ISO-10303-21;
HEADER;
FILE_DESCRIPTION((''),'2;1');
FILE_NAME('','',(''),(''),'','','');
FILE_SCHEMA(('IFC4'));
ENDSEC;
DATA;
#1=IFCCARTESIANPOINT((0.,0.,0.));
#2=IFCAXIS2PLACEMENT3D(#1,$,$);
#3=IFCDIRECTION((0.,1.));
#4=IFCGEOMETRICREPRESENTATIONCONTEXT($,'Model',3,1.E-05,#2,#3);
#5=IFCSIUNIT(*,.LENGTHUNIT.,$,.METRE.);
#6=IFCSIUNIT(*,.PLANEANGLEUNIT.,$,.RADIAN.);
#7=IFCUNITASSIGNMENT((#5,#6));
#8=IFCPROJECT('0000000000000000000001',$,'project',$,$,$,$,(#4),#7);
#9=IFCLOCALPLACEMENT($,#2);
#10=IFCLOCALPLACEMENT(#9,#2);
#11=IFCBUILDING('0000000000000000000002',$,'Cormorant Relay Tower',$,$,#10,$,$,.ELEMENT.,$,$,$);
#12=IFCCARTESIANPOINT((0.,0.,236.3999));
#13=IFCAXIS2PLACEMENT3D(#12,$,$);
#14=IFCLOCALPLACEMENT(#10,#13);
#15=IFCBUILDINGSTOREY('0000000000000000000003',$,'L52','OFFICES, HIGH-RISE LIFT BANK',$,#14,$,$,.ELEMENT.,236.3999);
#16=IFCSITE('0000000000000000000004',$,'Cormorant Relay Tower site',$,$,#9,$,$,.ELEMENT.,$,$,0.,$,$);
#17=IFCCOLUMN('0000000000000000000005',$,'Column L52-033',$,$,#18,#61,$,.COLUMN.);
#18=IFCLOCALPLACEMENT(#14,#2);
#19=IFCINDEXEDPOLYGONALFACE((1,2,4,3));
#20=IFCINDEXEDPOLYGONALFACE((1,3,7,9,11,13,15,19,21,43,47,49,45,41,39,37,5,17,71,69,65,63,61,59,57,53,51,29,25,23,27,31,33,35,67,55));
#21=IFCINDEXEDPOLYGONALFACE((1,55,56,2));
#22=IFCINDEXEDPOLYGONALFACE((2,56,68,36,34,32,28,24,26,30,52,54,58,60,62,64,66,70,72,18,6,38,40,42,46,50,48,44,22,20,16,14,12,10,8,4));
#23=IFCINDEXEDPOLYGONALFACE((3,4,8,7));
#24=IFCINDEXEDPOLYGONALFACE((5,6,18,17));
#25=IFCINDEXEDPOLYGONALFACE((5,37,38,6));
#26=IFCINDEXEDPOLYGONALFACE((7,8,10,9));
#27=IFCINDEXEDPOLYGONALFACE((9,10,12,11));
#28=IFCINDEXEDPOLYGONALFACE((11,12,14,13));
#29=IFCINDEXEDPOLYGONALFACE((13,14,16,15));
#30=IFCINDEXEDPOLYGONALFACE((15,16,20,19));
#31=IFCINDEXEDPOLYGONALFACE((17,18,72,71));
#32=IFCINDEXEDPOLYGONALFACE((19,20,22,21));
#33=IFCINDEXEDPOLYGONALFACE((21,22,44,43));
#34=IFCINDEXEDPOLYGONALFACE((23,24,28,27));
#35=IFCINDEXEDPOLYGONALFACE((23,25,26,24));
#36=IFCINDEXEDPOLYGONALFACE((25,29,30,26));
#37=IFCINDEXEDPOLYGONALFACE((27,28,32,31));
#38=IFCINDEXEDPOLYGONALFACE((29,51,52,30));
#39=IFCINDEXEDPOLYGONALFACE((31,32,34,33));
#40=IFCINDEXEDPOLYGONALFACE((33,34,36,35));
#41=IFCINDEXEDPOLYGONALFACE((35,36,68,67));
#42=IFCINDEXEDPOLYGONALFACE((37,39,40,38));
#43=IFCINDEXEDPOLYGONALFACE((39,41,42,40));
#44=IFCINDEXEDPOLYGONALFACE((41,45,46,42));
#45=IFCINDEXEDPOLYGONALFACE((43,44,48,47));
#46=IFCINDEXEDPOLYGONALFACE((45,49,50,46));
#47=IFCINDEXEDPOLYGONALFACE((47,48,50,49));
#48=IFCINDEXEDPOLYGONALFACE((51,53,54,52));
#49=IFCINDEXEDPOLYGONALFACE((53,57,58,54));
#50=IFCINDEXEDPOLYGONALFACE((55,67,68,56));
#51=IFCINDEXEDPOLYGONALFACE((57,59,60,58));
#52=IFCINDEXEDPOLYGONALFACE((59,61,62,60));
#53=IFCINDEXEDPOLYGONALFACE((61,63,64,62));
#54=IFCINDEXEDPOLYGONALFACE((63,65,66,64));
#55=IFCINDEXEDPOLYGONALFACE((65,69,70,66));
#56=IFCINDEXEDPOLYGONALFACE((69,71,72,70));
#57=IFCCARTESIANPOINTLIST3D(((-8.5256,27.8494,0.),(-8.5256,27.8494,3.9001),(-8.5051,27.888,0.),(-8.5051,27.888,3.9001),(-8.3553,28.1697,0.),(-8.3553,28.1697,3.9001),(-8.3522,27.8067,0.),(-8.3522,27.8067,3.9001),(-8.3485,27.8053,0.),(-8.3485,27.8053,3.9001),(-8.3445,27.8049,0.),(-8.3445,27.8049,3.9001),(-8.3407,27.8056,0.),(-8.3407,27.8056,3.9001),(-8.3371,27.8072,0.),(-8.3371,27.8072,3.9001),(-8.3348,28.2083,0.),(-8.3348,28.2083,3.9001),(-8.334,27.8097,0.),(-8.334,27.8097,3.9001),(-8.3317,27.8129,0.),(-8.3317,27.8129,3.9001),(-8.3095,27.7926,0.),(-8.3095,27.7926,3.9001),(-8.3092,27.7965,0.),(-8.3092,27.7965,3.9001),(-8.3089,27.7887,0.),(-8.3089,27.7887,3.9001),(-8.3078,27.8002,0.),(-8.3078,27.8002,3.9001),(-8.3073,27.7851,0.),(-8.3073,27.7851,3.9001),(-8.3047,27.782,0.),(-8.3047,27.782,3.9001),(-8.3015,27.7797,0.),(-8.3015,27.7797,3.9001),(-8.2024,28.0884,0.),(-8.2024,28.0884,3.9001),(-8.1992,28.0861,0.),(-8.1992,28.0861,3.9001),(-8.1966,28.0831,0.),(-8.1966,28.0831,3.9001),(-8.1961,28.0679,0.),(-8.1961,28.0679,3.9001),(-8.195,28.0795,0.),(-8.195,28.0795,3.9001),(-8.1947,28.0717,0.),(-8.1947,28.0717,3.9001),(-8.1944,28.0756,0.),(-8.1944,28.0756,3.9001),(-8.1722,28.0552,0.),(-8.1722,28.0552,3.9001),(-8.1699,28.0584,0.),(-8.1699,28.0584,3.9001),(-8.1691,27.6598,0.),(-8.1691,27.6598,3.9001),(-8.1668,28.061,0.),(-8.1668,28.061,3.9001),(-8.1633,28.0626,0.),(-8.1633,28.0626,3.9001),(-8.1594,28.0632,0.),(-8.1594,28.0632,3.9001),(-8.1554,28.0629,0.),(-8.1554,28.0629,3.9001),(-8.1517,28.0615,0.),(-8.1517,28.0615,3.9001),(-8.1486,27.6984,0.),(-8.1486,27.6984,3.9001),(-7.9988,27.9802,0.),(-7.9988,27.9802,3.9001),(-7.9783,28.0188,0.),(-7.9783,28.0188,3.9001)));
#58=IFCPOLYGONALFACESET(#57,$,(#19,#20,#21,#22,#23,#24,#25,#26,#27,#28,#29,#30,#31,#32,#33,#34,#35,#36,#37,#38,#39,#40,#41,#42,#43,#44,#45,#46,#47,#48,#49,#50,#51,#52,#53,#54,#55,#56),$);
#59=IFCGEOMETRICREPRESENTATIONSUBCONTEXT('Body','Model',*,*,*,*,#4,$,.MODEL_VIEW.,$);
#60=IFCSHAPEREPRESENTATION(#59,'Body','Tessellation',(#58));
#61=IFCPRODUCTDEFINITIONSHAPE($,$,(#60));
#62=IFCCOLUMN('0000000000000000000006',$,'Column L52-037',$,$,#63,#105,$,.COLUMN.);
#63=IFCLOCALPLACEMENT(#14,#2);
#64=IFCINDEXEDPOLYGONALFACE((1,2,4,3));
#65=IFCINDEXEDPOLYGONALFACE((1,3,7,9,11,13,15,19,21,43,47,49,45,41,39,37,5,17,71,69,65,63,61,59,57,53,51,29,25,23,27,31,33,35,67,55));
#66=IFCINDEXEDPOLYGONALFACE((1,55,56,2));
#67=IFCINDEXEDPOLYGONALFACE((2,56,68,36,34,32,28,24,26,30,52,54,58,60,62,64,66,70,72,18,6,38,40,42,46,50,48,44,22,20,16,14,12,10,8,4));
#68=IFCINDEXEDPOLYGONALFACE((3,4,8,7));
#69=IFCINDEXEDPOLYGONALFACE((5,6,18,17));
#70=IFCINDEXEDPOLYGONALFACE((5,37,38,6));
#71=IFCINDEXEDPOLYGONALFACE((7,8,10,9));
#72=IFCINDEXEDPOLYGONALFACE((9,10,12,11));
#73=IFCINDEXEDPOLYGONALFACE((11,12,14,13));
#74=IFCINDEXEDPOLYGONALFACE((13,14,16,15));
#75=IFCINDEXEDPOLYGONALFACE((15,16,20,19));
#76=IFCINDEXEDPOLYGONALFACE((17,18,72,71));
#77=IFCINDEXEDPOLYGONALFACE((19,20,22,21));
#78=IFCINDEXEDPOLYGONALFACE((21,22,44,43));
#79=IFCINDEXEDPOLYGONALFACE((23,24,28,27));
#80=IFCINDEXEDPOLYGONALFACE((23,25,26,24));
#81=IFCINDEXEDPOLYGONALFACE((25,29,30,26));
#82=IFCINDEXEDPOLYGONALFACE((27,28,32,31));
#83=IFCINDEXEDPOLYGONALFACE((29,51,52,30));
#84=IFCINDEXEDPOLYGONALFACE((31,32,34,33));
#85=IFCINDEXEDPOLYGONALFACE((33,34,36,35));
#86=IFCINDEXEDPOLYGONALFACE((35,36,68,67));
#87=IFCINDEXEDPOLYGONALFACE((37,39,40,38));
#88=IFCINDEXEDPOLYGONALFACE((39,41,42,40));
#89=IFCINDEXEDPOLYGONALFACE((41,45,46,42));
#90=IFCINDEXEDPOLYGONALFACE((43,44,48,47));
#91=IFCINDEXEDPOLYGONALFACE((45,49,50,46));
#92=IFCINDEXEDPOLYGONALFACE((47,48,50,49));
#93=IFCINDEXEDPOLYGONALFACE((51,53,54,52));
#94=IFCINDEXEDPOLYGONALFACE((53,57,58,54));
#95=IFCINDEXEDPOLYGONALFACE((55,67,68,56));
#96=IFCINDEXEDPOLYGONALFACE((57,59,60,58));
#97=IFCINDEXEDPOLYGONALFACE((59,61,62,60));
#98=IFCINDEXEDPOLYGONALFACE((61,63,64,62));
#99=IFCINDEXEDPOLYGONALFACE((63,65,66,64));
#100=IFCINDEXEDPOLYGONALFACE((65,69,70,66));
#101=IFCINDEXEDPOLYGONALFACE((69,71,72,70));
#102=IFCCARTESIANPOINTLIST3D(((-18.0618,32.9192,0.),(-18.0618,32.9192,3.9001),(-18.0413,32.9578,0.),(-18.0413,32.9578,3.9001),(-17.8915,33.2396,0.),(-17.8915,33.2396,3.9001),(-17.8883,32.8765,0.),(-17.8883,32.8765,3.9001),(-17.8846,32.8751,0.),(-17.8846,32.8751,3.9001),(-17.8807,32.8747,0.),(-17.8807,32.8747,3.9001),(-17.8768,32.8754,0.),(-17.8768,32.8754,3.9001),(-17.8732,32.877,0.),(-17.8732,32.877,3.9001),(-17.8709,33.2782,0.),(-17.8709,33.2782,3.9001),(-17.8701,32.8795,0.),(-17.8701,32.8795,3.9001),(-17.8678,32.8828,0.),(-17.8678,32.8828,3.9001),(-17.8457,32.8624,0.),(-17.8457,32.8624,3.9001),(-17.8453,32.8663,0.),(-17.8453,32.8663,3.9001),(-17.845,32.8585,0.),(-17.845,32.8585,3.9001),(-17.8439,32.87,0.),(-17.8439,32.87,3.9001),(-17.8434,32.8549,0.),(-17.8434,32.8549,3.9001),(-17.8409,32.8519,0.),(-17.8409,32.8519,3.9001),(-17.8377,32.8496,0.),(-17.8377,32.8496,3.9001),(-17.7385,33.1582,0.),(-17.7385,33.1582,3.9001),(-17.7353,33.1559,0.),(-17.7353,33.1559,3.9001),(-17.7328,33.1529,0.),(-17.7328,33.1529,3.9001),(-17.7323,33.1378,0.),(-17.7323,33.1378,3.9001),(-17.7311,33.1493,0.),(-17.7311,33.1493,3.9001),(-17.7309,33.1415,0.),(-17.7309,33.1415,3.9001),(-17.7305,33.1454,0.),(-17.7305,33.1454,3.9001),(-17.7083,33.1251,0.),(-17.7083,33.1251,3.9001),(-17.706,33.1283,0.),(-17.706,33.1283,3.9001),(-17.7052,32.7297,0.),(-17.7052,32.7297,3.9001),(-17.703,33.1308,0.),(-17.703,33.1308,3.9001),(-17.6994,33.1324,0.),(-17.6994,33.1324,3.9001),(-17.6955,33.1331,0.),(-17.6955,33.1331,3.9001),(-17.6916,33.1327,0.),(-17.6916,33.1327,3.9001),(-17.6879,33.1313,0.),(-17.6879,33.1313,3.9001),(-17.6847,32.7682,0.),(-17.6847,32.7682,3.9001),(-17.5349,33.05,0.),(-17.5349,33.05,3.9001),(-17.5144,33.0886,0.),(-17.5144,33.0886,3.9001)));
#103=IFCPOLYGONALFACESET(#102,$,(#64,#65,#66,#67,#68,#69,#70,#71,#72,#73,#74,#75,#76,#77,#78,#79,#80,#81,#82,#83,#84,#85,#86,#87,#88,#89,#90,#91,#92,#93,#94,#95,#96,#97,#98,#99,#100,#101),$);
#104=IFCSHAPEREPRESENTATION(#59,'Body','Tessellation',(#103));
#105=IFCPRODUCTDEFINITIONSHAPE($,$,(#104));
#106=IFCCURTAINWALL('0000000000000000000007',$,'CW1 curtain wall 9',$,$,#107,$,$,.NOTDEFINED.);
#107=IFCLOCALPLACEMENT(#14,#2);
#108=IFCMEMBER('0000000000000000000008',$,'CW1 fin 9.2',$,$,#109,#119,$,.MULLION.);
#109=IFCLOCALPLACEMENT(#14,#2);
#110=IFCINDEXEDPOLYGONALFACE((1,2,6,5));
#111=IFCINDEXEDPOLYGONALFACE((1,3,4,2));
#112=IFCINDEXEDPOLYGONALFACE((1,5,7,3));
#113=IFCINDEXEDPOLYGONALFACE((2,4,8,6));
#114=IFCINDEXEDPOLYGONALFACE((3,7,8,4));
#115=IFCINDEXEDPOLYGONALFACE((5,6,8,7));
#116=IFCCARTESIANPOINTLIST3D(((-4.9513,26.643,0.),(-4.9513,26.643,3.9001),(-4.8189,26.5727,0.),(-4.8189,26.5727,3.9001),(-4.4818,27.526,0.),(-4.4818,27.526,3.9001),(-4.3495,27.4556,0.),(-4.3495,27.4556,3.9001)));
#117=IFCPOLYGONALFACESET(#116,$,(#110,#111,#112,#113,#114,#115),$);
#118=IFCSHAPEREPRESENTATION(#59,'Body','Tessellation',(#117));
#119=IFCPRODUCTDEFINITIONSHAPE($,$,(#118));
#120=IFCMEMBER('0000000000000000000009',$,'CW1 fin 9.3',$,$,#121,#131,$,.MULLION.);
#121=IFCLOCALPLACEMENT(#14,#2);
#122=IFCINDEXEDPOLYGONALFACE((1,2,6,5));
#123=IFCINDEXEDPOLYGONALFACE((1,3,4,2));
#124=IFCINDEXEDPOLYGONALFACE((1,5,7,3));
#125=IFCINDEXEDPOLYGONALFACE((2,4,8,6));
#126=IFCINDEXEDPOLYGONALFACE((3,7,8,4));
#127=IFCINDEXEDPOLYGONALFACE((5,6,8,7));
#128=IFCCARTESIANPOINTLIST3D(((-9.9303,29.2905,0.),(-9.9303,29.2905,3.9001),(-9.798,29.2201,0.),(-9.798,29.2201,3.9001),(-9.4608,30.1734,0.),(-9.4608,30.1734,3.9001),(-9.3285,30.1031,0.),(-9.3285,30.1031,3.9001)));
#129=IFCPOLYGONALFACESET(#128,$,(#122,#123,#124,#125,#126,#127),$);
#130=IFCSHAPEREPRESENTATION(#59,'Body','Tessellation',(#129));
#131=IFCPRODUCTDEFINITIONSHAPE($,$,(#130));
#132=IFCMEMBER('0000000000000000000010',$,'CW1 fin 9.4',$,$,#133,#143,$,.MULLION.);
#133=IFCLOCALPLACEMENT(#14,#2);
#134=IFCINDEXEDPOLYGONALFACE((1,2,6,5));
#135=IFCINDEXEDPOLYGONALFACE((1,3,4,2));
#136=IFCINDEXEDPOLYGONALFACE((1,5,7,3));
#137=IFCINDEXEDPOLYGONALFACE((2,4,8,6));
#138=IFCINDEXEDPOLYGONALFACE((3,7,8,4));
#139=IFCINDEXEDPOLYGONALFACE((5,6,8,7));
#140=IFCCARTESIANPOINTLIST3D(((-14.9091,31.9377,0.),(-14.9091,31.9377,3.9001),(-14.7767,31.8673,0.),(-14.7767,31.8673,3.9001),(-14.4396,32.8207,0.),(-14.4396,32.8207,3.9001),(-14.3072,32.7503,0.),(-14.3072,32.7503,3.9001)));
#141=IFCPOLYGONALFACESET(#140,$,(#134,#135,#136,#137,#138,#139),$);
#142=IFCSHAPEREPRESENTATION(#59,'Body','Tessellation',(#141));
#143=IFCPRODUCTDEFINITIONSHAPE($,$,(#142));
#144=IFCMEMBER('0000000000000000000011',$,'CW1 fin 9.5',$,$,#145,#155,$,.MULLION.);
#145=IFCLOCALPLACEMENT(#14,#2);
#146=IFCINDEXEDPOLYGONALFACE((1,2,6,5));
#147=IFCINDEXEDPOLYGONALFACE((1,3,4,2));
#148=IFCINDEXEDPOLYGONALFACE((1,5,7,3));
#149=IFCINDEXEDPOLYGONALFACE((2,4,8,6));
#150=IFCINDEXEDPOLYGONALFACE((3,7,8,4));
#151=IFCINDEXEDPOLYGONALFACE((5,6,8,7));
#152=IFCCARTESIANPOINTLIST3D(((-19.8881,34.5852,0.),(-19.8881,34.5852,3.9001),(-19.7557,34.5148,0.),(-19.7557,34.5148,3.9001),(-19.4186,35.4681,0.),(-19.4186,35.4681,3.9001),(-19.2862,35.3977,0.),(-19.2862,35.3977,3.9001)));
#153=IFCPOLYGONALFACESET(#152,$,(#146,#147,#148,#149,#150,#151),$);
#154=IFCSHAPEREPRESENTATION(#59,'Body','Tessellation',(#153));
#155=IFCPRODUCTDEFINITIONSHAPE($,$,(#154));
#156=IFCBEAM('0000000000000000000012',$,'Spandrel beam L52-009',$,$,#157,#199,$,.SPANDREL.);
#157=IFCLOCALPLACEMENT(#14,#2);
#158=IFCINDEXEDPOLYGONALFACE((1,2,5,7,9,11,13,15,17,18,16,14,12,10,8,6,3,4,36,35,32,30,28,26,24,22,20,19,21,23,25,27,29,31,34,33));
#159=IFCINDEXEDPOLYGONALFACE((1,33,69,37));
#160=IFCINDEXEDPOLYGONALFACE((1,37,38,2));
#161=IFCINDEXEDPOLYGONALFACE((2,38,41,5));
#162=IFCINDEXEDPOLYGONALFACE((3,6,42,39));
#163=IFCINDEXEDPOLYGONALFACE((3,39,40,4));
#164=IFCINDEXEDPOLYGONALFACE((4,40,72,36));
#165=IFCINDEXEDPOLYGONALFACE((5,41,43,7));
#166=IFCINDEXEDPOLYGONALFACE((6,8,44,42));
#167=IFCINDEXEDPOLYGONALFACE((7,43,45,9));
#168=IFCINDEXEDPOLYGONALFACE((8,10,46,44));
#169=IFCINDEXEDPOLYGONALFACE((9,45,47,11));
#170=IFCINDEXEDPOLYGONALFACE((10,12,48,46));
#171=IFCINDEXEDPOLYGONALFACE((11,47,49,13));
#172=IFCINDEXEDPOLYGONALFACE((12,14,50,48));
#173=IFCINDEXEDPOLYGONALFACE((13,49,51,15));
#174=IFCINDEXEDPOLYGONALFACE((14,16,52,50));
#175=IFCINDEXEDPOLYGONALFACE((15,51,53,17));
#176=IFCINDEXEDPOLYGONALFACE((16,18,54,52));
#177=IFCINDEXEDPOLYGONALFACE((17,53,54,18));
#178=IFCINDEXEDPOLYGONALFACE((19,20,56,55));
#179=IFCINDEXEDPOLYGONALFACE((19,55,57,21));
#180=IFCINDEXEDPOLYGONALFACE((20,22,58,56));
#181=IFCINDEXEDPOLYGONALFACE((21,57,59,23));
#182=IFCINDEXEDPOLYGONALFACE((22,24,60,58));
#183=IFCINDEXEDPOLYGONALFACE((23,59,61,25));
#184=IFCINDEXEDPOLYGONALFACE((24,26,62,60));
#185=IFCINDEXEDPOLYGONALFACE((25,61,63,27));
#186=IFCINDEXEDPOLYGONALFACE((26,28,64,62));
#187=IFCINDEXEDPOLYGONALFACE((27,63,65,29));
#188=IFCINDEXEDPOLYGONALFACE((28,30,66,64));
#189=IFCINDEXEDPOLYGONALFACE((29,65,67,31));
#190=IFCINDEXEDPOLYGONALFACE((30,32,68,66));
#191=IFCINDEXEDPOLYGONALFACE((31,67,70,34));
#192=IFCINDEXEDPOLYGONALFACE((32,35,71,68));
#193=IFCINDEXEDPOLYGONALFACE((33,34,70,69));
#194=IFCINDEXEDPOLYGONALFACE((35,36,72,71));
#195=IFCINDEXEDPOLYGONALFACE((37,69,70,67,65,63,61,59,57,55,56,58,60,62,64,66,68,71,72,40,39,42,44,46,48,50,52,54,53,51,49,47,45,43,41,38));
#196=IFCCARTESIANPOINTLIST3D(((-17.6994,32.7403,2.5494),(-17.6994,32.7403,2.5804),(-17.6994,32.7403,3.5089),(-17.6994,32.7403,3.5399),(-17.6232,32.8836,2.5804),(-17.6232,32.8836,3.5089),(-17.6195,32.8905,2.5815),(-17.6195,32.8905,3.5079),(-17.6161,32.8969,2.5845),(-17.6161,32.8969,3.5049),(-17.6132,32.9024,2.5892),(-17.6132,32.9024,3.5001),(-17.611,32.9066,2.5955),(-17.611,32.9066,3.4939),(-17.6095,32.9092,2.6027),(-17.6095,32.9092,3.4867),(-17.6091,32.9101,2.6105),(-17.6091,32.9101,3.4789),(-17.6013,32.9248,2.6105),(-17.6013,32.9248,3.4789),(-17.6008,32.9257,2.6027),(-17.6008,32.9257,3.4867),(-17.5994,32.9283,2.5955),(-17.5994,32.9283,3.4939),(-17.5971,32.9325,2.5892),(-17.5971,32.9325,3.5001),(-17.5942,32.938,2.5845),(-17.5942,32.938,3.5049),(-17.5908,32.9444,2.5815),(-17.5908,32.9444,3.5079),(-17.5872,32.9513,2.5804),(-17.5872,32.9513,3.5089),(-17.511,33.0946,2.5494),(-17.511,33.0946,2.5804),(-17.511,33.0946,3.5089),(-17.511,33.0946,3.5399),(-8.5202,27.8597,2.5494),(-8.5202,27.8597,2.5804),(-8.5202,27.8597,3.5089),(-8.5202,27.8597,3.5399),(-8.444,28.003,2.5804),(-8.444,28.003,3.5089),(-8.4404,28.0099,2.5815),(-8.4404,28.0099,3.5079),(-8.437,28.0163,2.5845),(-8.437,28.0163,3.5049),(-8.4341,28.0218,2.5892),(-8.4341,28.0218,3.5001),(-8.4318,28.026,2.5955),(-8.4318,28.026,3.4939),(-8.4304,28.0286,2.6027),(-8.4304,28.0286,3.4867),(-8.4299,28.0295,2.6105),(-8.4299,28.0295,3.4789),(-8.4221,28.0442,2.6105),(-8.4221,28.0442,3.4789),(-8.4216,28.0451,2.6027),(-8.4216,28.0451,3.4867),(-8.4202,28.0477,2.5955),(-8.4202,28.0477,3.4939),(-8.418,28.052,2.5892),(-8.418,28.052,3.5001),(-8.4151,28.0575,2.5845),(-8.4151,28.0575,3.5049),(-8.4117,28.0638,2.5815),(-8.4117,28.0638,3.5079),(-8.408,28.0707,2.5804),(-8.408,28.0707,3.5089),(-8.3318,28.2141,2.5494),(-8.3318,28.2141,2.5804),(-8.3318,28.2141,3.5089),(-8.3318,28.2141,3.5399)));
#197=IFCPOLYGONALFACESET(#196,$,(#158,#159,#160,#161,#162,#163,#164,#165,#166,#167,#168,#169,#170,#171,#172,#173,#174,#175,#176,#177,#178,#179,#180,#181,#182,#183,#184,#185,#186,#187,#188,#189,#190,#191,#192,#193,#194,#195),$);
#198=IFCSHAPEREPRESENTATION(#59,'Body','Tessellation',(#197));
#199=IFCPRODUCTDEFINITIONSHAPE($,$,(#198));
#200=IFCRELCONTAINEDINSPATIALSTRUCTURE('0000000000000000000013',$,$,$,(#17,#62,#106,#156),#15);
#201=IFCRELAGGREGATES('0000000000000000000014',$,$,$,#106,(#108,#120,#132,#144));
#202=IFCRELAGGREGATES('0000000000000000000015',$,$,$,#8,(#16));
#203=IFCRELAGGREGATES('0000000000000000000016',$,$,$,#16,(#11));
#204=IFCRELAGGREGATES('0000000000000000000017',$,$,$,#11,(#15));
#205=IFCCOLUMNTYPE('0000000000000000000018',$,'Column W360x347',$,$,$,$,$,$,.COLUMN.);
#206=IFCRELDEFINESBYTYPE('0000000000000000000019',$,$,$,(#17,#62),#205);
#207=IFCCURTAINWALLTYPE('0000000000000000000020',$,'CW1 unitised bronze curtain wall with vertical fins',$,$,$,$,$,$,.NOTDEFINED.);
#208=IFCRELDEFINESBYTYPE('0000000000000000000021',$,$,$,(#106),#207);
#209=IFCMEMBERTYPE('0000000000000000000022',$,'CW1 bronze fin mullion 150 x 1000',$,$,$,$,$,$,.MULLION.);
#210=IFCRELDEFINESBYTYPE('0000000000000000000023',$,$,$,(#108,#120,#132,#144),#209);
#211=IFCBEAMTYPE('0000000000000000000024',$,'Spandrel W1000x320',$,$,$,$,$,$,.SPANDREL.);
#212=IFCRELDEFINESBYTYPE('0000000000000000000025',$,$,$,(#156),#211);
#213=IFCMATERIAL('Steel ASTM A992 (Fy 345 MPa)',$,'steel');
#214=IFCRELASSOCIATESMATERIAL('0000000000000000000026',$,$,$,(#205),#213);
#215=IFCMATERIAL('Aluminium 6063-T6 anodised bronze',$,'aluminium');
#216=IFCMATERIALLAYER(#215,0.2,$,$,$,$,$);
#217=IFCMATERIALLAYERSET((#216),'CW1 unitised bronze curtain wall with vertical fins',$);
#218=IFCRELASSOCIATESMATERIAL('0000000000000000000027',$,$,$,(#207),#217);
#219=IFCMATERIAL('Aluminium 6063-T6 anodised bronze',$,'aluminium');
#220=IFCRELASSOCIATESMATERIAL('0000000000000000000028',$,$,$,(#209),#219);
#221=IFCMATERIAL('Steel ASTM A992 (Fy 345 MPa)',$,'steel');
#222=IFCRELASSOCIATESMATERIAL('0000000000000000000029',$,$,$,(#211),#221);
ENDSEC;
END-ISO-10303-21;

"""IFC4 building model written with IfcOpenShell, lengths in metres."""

from ifc_helpers import new_model, si_unit, direction, frame, origin, origin_2d, place, context, subcontext, project, spatial, rectangle, i_section, extrude, material, layer, layer_set, material_profile, profile_set, type_object, element, aggregate, save


model = new_model("IFC4")

# Units and contexts
model_context = context("Model", 3, precision=1e-05, world=origin(), true_north=direction((0.0, 1.0)))
body_context = subcontext(model_context, "Body", "Model", "MODEL_VIEW")
ifc_project = project(units=[si_unit("LENGTHUNIT", "METRE"), si_unit("PLANEANGLEUNIT", "RADIAN")], contexts=[model_context])

# Site, building, storey
site_placement = place(None, origin())
site = spatial("IfcSite", under=ifc_project, at=site_placement, Name="Cormorant Relay Tower site", CompositionType="ELEMENT", RefElevation=0.0)
building_placement = place(site_placement, origin())
building = spatial("IfcBuilding", under=site, at=building_placement, Name="Cormorant Relay Tower", CompositionType="ELEMENT")
storey_placement = place(building_placement, frame((0.0, 0.0, 236.3999)))
storey = spatial("IfcBuildingStorey", under=building, at=storey_placement, Name="L52", Description="OFFICES, HIGH-RISE LIFT BANK", CompositionType="ELEMENT", Elevation=236.3999)

# Columns
ifc_material_1 = material(Name="Steel ASTM A992 (Fy 345 MPa)", Category="steel")
ifc_material_profile_1 = material_profile(ifc_material_1, i_section(OverallWidth=0.4038, OverallDepth=0.4065, WebThickness=0.0271, FlangeThickness=0.0437, FilletRadius=0.0151, at=origin_2d()), Name="W360x347")
ifc_profile_set_1 = profile_set([ifc_material_profile_1], Name="Steel ASTM A992 (Fy 345 MPa)")
column_type = type_object("IfcColumnType", Name="Column W360x347", PredefinedType="COLUMN", material=ifc_profile_set_1)
for number, where, z_axis, x_axis, name in (
    (1, (-8.252, 27.9341, 0.0), (0.0, 0.0, 1.0), (-0.882948, 0.469472, 0.0), "Column L52-033"),
    (2, (-17.7881, 33.0039, 0.0), (0.0, 0.0, 1.0), (-0.882948, 0.469472, 0.0), "Column L52-037"),
):
    element("IfcColumn", number, at=place(storey_placement, frame(where, z_axis=z_axis, x_axis=x_axis)), inside=storey, type_object=column_type, Name=name, PredefinedType="COLUMN", context=body_context, shape_type="SweptSolid", body=[
        extrude(i_section(OverallWidth=0.4038, OverallDepth=0.4065, WebThickness=0.0271, FlangeThickness=0.0437, FilletRadius=0.0151, at=origin_2d()), origin(), (0.0, 0.0, 1.0), 3.9001),
    ])

# Curtain wall, members
ifc_material_2 = material(Name="Aluminium 6063-T6 anodised bronze", Category="aluminium")
ifc_layer_1 = layer(ifc_material_2, 0.2)
ifc_layer_set_1 = layer_set([ifc_layer_1], Name="CW1 unitised bronze curtain wall with vertical fins")
curtain_wall_type = type_object("IfcCurtainWallType", Name="CW1 unitised bronze curtain wall with vertical fins", PredefinedType="NOTDEFINED", material=ifc_layer_set_1)
curtain_wall_placement = place(storey_placement, origin())
curtain_wall = element("IfcCurtainWall", 3, at=curtain_wall_placement, inside=storey, type_object=curtain_wall_type, Name="CW1 curtain wall 9", PredefinedType="NOTDEFINED")
ifc_material_3 = material(Name="Aluminium 6063-T6 anodised bronze", Category="aluminium")
ifc_material_profile_2 = material_profile(ifc_material_3, rectangle(XDim=0.1499, YDim=1.0, at=origin_2d()), Name="AL 150x1000")
ifc_profile_set_2 = profile_set([ifc_material_profile_2], Name="Aluminium 6063-T6 anodised bronze")
member_type = type_object("IfcMemberType", Name="CW1 bronze fin mullion 150 x 1000", PredefinedType="MULLION", material=ifc_profile_set_2)
member_1_placement = place(storey_placement, frame((-4.6504, 27.0493, 0.0), z_axis=(0.0, 0.0, 1.0), x_axis=(-0.882948, 0.469472, 0.0)))
member_1 = element("IfcMember", 4, at=member_1_placement, type_object=member_type, Name="CW1 fin 9.2", PredefinedType="MULLION", context=body_context, shape_type="SweptSolid", body=[
    extrude(rectangle(XDim=0.1499, YDim=1.0, at=origin_2d()), origin(), (0.0, 0.0, 1.0), 3.9001),
])
member_2_placement = place(storey_placement, frame((-9.6294, 29.6968, 0.0), z_axis=(0.0, 0.0, 1.0), x_axis=(-0.882948, 0.469472, 0.0)))
member_2 = element("IfcMember", 5, at=member_2_placement, type_object=member_type, Name="CW1 fin 9.3", PredefinedType="MULLION", context=body_context, shape_type="SweptSolid", body=[
    extrude(rectangle(XDim=0.1499, YDim=1.0, at=origin_2d()), origin(), (0.0, 0.0, 1.0), 3.9001),
])
member_3_placement = place(storey_placement, frame((-14.6082, 32.344, 0.0), z_axis=(0.0, 0.0, 1.0), x_axis=(-0.882948, 0.469472, 0.0)))
member_3 = element("IfcMember", 6, at=member_3_placement, type_object=member_type, Name="CW1 fin 9.4", PredefinedType="MULLION", context=body_context, shape_type="SweptSolid", body=[
    extrude(rectangle(XDim=0.1499, YDim=1.0, at=origin_2d()), origin(), (0.0, 0.0, 1.0), 3.9001),
])
member_4_placement = place(storey_placement, frame((-19.5872, 34.9915, 0.0), z_axis=(0.0, 0.0, 1.0), x_axis=(-0.882948, 0.469472, 0.0)))
member_4 = element("IfcMember", 7, at=member_4_placement, type_object=member_type, Name="CW1 fin 9.5", PredefinedType="MULLION", context=body_context, shape_type="SweptSolid", body=[
    extrude(rectangle(XDim=0.1499, YDim=1.0, at=origin_2d()), origin(), (0.0, 0.0, 1.0), 3.9001),
])

# Beam
ifc_material_4 = material(Name="Steel ASTM A992 (Fy 345 MPa)", Category="steel")
ifc_material_profile_3 = material_profile(ifc_material_4, i_section(OverallWidth=0.4014, OverallDepth=0.9905, WebThickness=0.0166, FlangeThickness=0.031, FilletRadius=0.03, at=origin_2d()), Name="W1000x320")
ifc_profile_set_3 = profile_set([ifc_material_profile_3], Name="Steel ASTM A992 (Fy 345 MPa)")
beam_type_1 = type_object("IfcBeamType", Name="Spandrel W1000x320", PredefinedType="SPANDREL", material=ifc_profile_set_3)
beam_1_placement = place(storey_placement, frame((-8.426, 28.0369, 3.0447), z_axis=(-0.88295, 0.469468, 0.0), x_axis=(-0.469468, -0.88295, 0.0)))
element("IfcBeam", 8, at=beam_1_placement, inside=storey, type_object=beam_type_1, Name="Spandrel beam L52-009", PredefinedType="SPANDREL", context=body_context, shape_type="SweptSolid", body=[
    extrude(i_section(OverallWidth=0.4014, OverallDepth=0.9905, WebThickness=0.0166, FlangeThickness=0.031, FilletRadius=0.03, at=origin_2d()), origin(), (0.0, 0.0, 1.0), 10.396),
])

aggregate(curtain_wall, [member_1, member_2, member_3, member_4])

save(model, "model.ifc")
